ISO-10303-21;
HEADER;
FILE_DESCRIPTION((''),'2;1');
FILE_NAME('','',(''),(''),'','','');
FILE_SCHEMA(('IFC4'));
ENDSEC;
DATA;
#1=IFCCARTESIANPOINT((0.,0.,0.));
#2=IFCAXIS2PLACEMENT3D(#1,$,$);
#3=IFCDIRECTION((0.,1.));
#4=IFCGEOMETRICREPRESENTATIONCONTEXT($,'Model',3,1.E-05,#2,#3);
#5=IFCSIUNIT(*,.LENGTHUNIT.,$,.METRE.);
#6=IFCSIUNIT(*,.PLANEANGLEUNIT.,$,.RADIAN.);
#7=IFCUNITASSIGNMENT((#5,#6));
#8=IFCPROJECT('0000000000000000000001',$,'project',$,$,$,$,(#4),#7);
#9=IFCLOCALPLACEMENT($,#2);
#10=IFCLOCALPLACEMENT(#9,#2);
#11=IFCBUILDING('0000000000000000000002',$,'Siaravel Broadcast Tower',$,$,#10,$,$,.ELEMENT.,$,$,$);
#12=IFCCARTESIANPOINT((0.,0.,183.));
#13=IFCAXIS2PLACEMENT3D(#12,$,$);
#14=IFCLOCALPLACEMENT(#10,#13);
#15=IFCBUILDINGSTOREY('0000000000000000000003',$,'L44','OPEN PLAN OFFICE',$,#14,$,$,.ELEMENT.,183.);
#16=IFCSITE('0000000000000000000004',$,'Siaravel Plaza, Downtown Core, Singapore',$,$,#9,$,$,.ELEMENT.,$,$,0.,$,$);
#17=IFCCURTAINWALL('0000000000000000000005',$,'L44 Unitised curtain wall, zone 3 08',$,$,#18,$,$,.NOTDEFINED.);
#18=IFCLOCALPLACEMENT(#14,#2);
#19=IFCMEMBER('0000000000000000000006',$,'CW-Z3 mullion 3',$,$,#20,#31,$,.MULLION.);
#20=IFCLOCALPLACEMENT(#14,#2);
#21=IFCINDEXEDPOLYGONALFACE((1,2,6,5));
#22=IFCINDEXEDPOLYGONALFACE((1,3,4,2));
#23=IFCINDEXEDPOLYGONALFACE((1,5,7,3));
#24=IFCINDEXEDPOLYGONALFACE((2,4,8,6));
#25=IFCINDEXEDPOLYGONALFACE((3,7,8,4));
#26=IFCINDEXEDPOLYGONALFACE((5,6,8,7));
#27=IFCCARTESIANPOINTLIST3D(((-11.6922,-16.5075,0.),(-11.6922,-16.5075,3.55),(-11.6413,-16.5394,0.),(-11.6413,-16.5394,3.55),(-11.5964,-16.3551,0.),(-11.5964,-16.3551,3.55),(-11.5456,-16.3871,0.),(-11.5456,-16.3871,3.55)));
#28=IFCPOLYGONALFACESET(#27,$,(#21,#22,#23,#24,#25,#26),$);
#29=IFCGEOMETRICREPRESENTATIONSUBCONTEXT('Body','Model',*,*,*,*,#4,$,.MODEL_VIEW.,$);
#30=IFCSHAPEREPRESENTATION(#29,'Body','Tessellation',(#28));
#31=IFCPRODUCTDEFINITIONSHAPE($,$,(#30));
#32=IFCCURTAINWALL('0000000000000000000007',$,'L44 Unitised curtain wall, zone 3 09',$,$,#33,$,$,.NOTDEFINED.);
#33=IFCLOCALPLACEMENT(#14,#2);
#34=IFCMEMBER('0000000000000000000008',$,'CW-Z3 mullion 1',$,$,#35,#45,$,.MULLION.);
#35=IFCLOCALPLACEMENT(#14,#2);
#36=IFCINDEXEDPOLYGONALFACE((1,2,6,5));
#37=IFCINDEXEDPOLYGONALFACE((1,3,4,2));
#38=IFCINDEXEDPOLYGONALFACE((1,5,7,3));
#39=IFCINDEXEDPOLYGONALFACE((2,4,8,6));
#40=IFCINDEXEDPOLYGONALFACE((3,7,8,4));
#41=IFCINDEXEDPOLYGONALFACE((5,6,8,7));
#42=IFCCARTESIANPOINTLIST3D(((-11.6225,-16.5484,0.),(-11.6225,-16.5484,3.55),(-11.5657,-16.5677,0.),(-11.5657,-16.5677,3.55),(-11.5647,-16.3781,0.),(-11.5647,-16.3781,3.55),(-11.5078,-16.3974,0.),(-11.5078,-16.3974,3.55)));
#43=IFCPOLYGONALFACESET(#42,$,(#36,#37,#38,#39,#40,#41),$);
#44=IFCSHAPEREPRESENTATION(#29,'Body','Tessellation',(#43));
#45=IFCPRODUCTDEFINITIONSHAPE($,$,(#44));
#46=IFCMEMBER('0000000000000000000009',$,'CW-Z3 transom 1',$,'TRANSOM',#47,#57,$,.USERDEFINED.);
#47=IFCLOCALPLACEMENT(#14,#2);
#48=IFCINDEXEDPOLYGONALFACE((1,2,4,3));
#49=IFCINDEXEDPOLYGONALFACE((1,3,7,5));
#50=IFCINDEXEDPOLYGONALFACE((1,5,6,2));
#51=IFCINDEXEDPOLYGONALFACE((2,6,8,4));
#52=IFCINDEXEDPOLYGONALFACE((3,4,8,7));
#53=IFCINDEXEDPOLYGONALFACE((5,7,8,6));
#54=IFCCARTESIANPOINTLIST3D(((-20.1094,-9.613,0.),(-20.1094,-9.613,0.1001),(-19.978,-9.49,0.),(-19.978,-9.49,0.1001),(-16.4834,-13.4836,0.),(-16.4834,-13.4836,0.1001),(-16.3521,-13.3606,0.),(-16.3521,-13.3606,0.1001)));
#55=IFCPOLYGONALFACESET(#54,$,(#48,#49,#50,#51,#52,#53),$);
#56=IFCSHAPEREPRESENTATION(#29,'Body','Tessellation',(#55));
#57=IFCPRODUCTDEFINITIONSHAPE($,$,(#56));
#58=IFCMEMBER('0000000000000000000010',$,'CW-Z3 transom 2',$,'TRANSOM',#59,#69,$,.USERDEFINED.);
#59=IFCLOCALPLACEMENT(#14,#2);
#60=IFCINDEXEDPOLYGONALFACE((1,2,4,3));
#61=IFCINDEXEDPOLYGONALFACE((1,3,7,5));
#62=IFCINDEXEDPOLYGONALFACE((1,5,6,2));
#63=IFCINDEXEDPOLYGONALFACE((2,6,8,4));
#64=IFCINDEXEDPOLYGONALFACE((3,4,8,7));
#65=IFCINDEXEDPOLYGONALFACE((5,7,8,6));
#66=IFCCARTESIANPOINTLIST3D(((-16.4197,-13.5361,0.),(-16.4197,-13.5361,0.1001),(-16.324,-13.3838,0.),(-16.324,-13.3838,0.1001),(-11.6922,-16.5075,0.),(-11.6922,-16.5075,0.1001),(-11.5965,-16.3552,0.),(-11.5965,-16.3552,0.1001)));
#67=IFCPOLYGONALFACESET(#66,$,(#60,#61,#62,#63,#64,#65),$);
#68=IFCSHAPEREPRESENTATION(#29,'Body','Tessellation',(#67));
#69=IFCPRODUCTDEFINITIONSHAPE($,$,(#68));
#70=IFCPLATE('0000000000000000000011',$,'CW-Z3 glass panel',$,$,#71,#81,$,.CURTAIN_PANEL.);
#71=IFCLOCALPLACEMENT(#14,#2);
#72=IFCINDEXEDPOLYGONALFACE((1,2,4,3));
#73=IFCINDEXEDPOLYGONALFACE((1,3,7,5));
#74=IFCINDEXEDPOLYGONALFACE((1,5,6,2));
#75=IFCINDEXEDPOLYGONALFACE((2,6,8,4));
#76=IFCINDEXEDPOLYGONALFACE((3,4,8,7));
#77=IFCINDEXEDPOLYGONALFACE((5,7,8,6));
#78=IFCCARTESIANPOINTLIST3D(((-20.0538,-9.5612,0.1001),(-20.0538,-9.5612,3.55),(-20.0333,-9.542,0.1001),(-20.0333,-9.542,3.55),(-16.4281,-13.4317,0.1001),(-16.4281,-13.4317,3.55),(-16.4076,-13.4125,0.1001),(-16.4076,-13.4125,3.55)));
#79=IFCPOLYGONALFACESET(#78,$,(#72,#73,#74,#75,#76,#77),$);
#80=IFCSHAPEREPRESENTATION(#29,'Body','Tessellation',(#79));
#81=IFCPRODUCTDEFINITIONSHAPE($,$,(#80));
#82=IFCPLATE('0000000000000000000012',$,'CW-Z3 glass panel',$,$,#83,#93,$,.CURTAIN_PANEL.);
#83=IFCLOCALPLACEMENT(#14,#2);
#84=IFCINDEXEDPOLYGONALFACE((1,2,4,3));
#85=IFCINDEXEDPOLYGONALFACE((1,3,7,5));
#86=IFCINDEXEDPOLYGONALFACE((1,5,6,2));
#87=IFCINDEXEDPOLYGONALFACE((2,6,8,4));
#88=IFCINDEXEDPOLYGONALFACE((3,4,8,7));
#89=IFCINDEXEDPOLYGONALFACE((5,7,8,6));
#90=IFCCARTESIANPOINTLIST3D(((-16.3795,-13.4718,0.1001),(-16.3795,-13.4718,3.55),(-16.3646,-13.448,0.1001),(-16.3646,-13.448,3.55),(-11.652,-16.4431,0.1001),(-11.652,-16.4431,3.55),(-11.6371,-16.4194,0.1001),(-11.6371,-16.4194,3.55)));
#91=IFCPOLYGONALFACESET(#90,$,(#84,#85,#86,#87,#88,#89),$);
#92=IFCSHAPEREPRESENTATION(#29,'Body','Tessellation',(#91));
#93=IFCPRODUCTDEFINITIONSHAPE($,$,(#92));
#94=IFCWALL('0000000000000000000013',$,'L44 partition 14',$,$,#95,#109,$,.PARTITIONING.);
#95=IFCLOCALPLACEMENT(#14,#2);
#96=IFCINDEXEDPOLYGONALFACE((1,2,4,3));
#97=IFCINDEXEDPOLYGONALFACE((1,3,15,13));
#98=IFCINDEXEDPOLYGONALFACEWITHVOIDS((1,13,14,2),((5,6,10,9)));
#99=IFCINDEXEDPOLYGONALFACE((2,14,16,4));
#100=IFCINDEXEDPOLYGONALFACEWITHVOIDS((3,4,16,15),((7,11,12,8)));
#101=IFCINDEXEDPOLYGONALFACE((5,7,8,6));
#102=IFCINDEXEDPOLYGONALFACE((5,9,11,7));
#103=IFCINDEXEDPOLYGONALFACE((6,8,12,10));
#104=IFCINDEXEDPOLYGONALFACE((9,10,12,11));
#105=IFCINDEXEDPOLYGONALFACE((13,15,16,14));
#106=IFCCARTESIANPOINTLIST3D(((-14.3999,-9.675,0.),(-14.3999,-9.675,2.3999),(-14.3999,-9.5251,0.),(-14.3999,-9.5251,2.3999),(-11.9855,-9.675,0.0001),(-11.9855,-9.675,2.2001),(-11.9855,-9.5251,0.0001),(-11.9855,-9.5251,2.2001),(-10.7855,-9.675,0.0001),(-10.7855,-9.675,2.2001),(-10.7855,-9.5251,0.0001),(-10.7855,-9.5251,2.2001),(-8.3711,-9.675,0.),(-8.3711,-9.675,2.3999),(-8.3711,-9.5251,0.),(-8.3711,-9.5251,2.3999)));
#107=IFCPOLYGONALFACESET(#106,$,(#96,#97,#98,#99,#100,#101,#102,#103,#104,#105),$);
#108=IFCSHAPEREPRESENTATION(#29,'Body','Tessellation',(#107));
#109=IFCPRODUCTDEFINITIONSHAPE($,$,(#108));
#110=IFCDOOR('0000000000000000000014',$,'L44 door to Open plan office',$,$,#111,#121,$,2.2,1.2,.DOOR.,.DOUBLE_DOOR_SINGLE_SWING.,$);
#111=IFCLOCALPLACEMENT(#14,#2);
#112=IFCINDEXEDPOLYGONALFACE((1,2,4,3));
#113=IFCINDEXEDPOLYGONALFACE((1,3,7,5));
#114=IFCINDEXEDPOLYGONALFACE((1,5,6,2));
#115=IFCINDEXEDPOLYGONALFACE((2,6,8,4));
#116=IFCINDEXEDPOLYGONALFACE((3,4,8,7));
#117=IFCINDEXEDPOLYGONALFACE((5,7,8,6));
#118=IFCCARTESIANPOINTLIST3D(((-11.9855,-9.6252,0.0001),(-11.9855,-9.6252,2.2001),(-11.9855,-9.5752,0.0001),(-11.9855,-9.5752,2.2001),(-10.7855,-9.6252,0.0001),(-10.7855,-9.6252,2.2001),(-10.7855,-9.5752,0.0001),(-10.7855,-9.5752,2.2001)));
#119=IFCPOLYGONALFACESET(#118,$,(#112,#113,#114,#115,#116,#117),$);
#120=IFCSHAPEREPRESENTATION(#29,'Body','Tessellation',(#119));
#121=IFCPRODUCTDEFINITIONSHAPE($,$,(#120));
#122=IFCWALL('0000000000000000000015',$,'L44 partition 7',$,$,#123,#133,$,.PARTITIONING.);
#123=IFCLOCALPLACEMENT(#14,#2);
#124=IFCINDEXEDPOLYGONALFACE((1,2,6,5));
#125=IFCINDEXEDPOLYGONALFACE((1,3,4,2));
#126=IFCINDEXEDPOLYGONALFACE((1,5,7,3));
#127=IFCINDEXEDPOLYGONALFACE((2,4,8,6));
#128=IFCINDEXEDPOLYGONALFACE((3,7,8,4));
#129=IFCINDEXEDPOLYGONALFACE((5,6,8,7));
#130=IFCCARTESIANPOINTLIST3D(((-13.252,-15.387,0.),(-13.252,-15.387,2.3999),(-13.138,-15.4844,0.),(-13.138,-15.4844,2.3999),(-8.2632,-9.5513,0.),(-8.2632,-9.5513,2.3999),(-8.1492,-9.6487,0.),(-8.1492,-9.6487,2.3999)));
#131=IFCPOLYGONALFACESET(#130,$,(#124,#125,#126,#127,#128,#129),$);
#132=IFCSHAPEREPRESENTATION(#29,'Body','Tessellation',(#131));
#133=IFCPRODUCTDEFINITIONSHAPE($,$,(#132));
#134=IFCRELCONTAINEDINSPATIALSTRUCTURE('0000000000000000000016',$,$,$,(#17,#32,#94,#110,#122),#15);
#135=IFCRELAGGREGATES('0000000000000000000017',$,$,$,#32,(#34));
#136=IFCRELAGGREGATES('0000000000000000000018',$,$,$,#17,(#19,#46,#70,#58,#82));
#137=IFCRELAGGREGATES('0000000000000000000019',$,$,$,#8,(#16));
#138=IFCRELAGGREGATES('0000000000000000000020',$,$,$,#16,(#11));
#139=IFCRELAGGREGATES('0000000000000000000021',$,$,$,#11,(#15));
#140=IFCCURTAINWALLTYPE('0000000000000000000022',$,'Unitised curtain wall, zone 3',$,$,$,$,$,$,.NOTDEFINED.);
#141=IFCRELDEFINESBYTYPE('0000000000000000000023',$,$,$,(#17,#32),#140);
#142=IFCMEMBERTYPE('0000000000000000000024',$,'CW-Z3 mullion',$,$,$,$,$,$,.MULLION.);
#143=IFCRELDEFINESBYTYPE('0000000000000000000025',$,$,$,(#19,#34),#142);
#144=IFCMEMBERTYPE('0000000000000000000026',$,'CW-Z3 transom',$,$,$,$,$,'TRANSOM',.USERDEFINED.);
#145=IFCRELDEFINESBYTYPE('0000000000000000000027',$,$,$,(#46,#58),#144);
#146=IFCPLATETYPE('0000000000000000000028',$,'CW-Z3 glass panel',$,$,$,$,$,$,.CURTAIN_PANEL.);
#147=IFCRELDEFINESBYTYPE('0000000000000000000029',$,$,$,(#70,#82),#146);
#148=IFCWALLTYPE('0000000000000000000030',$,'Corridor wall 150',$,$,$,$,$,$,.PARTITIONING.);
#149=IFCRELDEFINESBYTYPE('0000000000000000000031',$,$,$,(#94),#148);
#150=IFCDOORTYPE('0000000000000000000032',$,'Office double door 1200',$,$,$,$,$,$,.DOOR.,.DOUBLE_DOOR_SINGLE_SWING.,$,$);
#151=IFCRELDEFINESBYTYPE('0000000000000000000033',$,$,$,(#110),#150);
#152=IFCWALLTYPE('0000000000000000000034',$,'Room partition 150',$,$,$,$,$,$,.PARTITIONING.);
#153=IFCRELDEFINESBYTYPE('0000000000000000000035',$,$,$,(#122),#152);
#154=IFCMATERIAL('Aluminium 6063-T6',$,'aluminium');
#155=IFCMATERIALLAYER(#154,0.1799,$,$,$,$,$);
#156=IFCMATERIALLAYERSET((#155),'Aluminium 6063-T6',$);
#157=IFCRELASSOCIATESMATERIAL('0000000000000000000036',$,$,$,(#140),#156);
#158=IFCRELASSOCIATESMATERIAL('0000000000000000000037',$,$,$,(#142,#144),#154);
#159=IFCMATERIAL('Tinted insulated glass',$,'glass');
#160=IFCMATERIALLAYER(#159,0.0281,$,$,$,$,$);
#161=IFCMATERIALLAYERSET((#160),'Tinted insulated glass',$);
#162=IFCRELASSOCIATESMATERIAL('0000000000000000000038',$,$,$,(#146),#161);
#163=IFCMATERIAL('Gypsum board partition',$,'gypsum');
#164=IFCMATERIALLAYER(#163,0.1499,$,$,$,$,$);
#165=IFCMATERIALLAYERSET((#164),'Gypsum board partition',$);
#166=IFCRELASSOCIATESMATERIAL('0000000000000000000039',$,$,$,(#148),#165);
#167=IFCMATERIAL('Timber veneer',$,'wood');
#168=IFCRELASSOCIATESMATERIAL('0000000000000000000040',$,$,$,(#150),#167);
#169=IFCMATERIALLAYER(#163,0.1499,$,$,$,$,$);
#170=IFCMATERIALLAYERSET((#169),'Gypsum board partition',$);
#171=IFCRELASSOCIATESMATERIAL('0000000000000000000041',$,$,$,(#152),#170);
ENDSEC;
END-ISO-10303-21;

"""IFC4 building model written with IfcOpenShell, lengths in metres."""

from ifc_helpers import new_model, si_unit, direction, frame, frame_2d, origin, origin_2d, place, context, subcontext, project, spatial, rectangle, extrude, material, layer, layer_set, material_profile, profile_set, type_object, element, fill, aggregate, save


model = new_model("IFC4")

# Units and contexts
model_context = context("Model", 3, precision=1e-05, world=origin(), true_north=direction((0.0, 1.0)))
body_context = subcontext(model_context, "Body", "Model", "MODEL_VIEW")
ifc_project = project(units=[si_unit("LENGTHUNIT", "METRE"), si_unit("PLANEANGLEUNIT", "RADIAN")], contexts=[model_context])

# Site, building, storey
site_placement = place(None, origin())
site = spatial("IfcSite", under=ifc_project, at=site_placement, Name="Siaravel Plaza, Downtown Core, Singapore", CompositionType="ELEMENT", RefElevation=0.0)
building_placement = place(site_placement, origin())
building = spatial("IfcBuilding", under=site, at=building_placement, Name="Siaravel Broadcast Tower", CompositionType="ELEMENT")
storey_placement = place(building_placement, frame((0.0, 0.0, 183.0)))
storey = spatial("IfcBuildingStorey", under=building, at=storey_placement, Name="L44", Description="OPEN PLAN OFFICE", CompositionType="ELEMENT", Elevation=183.0)

# Shared definitions
ifc_material_1 = material(Name="Aluminium 6063-T6", Category="aluminium")
ifc_layer_1 = layer(ifc_material_1, 0.1799)
ifc_layer_set_1 = layer_set([ifc_layer_1], Name="Aluminium 6063-T6")
curtain_wall_type = type_object("IfcCurtainWallType", Name="Unitised curtain wall, zone 3", PredefinedType="NOTDEFINED", material=ifc_layer_set_1)
ifc_material_profile_1 = material_profile(ifc_material_1, rectangle(XDim=0.1799, YDim=0.0601, at=origin_2d()))
ifc_profile_set_1 = profile_set([ifc_material_profile_1], Name="Aluminium 6063-T6")
member_type_1 = type_object("IfcMemberType", Name="CW-Z3 mullion", PredefinedType="MULLION", material=ifc_profile_set_1)

# Curtain wall, member
curtain_wall_1_placement = place(storey_placement, origin())
curtain_wall_1 = element("IfcCurtainWall", 1, at=curtain_wall_1_placement, inside=storey, type_object=curtain_wall_type, Name="L44 Unitised curtain wall, zone 3 08", PredefinedType="NOTDEFINED")
member_1_placement = place(storey_placement, frame((-11.6189, -16.4473, 0.0), z_axis=(0.0, 0.0, 1.0), x_axis=(0.532149, 0.846651, 0.0)))
member_1 = element("IfcMember", 2, at=member_1_placement, type_object=member_type_1, Name="CW-Z3 mullion 3", PredefinedType="MULLION", context=body_context, shape_type="SweptSolid", body=[
    extrude(rectangle(XDim=0.1799, YDim=0.0601, at=origin_2d()), origin(), (0.0, 0.0, 1.0), 3.55),
])

# Curtain wall, member
curtain_wall_2_placement = place(storey_placement, origin())
curtain_wall_2 = element("IfcCurtainWall", 3, at=curtain_wall_2_placement, inside=storey, type_object=curtain_wall_type, Name="L44 Unitised curtain wall, zone 3 09", PredefinedType="NOTDEFINED")
member_2_placement = place(storey_placement, frame((-11.5652, -16.4729, 0.0), z_axis=(0.0, 0.0, 1.0), x_axis=(0.3213, 0.946977, 0.0)))
member_2 = element("IfcMember", 4, at=member_2_placement, type_object=member_type_1, Name="CW-Z3 mullion 1", PredefinedType="MULLION", context=body_context, shape_type="SweptSolid", body=[
    extrude(rectangle(XDim=0.1799, YDim=0.0601, at=origin_2d()), origin(), (0.0, 0.0, 1.0), 3.55),
])
aggregate(curtain_wall_2, [member_2])

# Members
ifc_material_profile_2 = material_profile(ifc_material_1, rectangle(XDim=0.1799, YDim=0.1001, at=origin_2d()))
ifc_profile_set_2 = profile_set([ifc_material_profile_2], Name="Aluminium 6063-T6")
member_type_2 = type_object("IfcMemberType", Name="CW-Z3 transom", ElementType="TRANSOM", PredefinedType="USERDEFINED", material=ifc_profile_set_2)
member_3_placement = place(storey_placement, frame((-20.0437, -9.5515, 0.05), z_axis=(0.683669, -0.729793, 0.0), x_axis=(0.729793, 0.683669, 0.0)))
member_3 = element("IfcMember", 5, at=member_3_placement, type_object=member_type_2, Name="CW-Z3 transom 1", ObjectType="TRANSOM", PredefinedType="USERDEFINED", context=body_context, shape_type="SweptSolid", body=[
    extrude(rectangle(XDim=0.1799, YDim=0.1001, at=origin_2d()), origin(), (0.0, 0.0, 1.0), 5.3037),
])
member_4_placement = place(storey_placement, frame((-16.3718, -13.46, 0.05), z_axis=(0.846649, -0.532151, 0.0), x_axis=(0.532151, 0.846649, 0.0)))
member_4 = element("IfcMember", 6, at=member_4_placement, type_object=member_type_2, Name="CW-Z3 transom 2", ObjectType="TRANSOM", PredefinedType="USERDEFINED", context=body_context, shape_type="SweptSolid", body=[
    extrude(rectangle(XDim=0.1799, YDim=0.1001, at=origin_2d()), origin(), (0.0, 0.0, 1.0), 5.5837),
])

# Plates
ifc_material_2 = material(Name="Tinted insulated glass", Category="glass")
ifc_layer_2 = layer(ifc_material_2, 0.0281)
ifc_layer_set_2 = layer_set([ifc_layer_2], Name="Tinted insulated glass")
plate_type = type_object("IfcPlateType", Name="CW-Z3 glass panel", PredefinedType="CURTAIN_PANEL", material=ifc_layer_set_2)
plate_1_placement = place(storey_placement, frame((-18.2307, -11.4868, 0.1001), z_axis=(0.0, 0.0, 1.0), x_axis=(0.683655, -0.729805, 0.0)))
plate_1 = element("IfcPlate", 7, at=plate_1_placement, type_object=plate_type, Name="CW-Z3 glass panel", PredefinedType="CURTAIN_PANEL", context=body_context, shape_type="SweptSolid", body=[
    extrude(rectangle(XDim=5.3035, YDim=0.0281, at=origin_2d()), origin(), (0.0, 0.0, 1.0), 3.45),
])
plate_2_placement = place(storey_placement, frame((-14.0083, -14.9456, 0.1001), z_axis=(0.0, 0.0, 1.0), x_axis=(0.846651, -0.532149, 0.0)))
plate_2 = element("IfcPlate", 8, at=plate_2_placement, type_object=plate_type, Name="CW-Z3 glass panel", PredefinedType="CURTAIN_PANEL", context=body_context, shape_type="SweptSolid", body=[
    extrude(rectangle(XDim=5.5837, YDim=0.0281, at=origin_2d()), origin(), (0.0, 0.0, 1.0), 3.45),
])
aggregate(curtain_wall_1, [member_1, member_3, plate_1, member_4, plate_2])

# Wall, opening, door
ifc_material_3 = material(Name="Gypsum board partition", Category="gypsum")
ifc_layer_3 = layer(ifc_material_3, 0.1499)
ifc_layer_set_3 = layer_set([ifc_layer_3], Name="Gypsum board partition")
wall_type_1 = type_object("IfcWallType", Name="Corridor wall 150", PredefinedType="PARTITIONING", material=ifc_layer_set_3)
wall_1_placement = place(storey_placement, frame((-14.3999, -9.6001, 0.0), z_axis=(0.0, 0.0, 1.0), x_axis=(1.0, 0.0, 0.0)))
wall_1 = element("IfcWall", 9, at=wall_1_placement, inside=storey, type_object=wall_type_1, Name="L44 partition 14", PredefinedType="PARTITIONING", context=body_context, shape_type="SweptSolid", body=[
    extrude(rectangle(XDim=6.0288, YDim=0.1499, at=frame_2d((3.0144, 0.0))), origin(), (0.0, 0.0, 1.0), 2.3999),
])
opening_placement = place(wall_1_placement, frame((2.4143, 0.0, 0.0)))
opening = element("IfcOpeningElement", 10, at=opening_placement, cuts=wall_1, PredefinedType="OPENING", context=body_context, shape_type="SweptSolid", body=[
    extrude(rectangle(XDim=1.2, YDim=2.2, at=frame_2d((0.6001, 1.1001))), frame((0.0, 0.085, 0.0), z_axis=(0.0, -1.0, 0.0), x_axis=(1.0, 0.0, 0.0)), (0.0, 0.0, 1.0), 0.1699),
])
ifc_material_4 = material(Name="Timber veneer", Category="wood")
door_type = type_object("IfcDoorType", Name="Office double door 1200", OperationType="DOUBLE_DOOR_SINGLE_SWING", PredefinedType="DOOR", material=ifc_material_4)
door_placement = place(opening_placement, origin())
door = element("IfcDoor", 11, at=door_placement, inside=storey, type_object=door_type, Name="L44 door to Open plan office", OperationType="DOUBLE_DOOR_SINGLE_SWING", OverallHeight=2.2, OverallWidth=1.2, PredefinedType="DOOR", context=body_context, shape_type="SweptSolid", body=[
    extrude(rectangle(XDim=1.2, YDim=2.2, at=frame_2d((0.6001, 1.1001))), frame((0.0, 0.0249, 0.0), z_axis=(0.0, -1.0, 0.0), x_axis=(1.0, 0.0, 0.0)), (0.0, 0.0, 1.0), 0.05),
])
fill(opening, door)

# Wall
ifc_layer_4 = layer(ifc_material_3, 0.1499)
ifc_layer_set_4 = layer_set([ifc_layer_4], Name="Gypsum board partition")
wall_type_2 = type_object("IfcWallType", Name="Room partition 150", PredefinedType="PARTITIONING", material=ifc_layer_set_4)
wall_2_placement = place(storey_placement, frame((-13.1951, -15.4358, 0.0), z_axis=(0.0, 0.0, 1.0), x_axis=(0.649796, 0.760109, 0.0)))
element("IfcWall", 12, at=wall_2_placement, inside=storey, type_object=wall_type_2, Name="L44 partition 7", PredefinedType="PARTITIONING", context=body_context, shape_type="SweptSolid", body=[
    extrude(rectangle(XDim=7.6775, YDim=0.1499, at=frame_2d((3.8389, 0.0))), origin(), (0.0, 0.0, 1.0), 2.3999),
])

save(model, "model.ifc")
